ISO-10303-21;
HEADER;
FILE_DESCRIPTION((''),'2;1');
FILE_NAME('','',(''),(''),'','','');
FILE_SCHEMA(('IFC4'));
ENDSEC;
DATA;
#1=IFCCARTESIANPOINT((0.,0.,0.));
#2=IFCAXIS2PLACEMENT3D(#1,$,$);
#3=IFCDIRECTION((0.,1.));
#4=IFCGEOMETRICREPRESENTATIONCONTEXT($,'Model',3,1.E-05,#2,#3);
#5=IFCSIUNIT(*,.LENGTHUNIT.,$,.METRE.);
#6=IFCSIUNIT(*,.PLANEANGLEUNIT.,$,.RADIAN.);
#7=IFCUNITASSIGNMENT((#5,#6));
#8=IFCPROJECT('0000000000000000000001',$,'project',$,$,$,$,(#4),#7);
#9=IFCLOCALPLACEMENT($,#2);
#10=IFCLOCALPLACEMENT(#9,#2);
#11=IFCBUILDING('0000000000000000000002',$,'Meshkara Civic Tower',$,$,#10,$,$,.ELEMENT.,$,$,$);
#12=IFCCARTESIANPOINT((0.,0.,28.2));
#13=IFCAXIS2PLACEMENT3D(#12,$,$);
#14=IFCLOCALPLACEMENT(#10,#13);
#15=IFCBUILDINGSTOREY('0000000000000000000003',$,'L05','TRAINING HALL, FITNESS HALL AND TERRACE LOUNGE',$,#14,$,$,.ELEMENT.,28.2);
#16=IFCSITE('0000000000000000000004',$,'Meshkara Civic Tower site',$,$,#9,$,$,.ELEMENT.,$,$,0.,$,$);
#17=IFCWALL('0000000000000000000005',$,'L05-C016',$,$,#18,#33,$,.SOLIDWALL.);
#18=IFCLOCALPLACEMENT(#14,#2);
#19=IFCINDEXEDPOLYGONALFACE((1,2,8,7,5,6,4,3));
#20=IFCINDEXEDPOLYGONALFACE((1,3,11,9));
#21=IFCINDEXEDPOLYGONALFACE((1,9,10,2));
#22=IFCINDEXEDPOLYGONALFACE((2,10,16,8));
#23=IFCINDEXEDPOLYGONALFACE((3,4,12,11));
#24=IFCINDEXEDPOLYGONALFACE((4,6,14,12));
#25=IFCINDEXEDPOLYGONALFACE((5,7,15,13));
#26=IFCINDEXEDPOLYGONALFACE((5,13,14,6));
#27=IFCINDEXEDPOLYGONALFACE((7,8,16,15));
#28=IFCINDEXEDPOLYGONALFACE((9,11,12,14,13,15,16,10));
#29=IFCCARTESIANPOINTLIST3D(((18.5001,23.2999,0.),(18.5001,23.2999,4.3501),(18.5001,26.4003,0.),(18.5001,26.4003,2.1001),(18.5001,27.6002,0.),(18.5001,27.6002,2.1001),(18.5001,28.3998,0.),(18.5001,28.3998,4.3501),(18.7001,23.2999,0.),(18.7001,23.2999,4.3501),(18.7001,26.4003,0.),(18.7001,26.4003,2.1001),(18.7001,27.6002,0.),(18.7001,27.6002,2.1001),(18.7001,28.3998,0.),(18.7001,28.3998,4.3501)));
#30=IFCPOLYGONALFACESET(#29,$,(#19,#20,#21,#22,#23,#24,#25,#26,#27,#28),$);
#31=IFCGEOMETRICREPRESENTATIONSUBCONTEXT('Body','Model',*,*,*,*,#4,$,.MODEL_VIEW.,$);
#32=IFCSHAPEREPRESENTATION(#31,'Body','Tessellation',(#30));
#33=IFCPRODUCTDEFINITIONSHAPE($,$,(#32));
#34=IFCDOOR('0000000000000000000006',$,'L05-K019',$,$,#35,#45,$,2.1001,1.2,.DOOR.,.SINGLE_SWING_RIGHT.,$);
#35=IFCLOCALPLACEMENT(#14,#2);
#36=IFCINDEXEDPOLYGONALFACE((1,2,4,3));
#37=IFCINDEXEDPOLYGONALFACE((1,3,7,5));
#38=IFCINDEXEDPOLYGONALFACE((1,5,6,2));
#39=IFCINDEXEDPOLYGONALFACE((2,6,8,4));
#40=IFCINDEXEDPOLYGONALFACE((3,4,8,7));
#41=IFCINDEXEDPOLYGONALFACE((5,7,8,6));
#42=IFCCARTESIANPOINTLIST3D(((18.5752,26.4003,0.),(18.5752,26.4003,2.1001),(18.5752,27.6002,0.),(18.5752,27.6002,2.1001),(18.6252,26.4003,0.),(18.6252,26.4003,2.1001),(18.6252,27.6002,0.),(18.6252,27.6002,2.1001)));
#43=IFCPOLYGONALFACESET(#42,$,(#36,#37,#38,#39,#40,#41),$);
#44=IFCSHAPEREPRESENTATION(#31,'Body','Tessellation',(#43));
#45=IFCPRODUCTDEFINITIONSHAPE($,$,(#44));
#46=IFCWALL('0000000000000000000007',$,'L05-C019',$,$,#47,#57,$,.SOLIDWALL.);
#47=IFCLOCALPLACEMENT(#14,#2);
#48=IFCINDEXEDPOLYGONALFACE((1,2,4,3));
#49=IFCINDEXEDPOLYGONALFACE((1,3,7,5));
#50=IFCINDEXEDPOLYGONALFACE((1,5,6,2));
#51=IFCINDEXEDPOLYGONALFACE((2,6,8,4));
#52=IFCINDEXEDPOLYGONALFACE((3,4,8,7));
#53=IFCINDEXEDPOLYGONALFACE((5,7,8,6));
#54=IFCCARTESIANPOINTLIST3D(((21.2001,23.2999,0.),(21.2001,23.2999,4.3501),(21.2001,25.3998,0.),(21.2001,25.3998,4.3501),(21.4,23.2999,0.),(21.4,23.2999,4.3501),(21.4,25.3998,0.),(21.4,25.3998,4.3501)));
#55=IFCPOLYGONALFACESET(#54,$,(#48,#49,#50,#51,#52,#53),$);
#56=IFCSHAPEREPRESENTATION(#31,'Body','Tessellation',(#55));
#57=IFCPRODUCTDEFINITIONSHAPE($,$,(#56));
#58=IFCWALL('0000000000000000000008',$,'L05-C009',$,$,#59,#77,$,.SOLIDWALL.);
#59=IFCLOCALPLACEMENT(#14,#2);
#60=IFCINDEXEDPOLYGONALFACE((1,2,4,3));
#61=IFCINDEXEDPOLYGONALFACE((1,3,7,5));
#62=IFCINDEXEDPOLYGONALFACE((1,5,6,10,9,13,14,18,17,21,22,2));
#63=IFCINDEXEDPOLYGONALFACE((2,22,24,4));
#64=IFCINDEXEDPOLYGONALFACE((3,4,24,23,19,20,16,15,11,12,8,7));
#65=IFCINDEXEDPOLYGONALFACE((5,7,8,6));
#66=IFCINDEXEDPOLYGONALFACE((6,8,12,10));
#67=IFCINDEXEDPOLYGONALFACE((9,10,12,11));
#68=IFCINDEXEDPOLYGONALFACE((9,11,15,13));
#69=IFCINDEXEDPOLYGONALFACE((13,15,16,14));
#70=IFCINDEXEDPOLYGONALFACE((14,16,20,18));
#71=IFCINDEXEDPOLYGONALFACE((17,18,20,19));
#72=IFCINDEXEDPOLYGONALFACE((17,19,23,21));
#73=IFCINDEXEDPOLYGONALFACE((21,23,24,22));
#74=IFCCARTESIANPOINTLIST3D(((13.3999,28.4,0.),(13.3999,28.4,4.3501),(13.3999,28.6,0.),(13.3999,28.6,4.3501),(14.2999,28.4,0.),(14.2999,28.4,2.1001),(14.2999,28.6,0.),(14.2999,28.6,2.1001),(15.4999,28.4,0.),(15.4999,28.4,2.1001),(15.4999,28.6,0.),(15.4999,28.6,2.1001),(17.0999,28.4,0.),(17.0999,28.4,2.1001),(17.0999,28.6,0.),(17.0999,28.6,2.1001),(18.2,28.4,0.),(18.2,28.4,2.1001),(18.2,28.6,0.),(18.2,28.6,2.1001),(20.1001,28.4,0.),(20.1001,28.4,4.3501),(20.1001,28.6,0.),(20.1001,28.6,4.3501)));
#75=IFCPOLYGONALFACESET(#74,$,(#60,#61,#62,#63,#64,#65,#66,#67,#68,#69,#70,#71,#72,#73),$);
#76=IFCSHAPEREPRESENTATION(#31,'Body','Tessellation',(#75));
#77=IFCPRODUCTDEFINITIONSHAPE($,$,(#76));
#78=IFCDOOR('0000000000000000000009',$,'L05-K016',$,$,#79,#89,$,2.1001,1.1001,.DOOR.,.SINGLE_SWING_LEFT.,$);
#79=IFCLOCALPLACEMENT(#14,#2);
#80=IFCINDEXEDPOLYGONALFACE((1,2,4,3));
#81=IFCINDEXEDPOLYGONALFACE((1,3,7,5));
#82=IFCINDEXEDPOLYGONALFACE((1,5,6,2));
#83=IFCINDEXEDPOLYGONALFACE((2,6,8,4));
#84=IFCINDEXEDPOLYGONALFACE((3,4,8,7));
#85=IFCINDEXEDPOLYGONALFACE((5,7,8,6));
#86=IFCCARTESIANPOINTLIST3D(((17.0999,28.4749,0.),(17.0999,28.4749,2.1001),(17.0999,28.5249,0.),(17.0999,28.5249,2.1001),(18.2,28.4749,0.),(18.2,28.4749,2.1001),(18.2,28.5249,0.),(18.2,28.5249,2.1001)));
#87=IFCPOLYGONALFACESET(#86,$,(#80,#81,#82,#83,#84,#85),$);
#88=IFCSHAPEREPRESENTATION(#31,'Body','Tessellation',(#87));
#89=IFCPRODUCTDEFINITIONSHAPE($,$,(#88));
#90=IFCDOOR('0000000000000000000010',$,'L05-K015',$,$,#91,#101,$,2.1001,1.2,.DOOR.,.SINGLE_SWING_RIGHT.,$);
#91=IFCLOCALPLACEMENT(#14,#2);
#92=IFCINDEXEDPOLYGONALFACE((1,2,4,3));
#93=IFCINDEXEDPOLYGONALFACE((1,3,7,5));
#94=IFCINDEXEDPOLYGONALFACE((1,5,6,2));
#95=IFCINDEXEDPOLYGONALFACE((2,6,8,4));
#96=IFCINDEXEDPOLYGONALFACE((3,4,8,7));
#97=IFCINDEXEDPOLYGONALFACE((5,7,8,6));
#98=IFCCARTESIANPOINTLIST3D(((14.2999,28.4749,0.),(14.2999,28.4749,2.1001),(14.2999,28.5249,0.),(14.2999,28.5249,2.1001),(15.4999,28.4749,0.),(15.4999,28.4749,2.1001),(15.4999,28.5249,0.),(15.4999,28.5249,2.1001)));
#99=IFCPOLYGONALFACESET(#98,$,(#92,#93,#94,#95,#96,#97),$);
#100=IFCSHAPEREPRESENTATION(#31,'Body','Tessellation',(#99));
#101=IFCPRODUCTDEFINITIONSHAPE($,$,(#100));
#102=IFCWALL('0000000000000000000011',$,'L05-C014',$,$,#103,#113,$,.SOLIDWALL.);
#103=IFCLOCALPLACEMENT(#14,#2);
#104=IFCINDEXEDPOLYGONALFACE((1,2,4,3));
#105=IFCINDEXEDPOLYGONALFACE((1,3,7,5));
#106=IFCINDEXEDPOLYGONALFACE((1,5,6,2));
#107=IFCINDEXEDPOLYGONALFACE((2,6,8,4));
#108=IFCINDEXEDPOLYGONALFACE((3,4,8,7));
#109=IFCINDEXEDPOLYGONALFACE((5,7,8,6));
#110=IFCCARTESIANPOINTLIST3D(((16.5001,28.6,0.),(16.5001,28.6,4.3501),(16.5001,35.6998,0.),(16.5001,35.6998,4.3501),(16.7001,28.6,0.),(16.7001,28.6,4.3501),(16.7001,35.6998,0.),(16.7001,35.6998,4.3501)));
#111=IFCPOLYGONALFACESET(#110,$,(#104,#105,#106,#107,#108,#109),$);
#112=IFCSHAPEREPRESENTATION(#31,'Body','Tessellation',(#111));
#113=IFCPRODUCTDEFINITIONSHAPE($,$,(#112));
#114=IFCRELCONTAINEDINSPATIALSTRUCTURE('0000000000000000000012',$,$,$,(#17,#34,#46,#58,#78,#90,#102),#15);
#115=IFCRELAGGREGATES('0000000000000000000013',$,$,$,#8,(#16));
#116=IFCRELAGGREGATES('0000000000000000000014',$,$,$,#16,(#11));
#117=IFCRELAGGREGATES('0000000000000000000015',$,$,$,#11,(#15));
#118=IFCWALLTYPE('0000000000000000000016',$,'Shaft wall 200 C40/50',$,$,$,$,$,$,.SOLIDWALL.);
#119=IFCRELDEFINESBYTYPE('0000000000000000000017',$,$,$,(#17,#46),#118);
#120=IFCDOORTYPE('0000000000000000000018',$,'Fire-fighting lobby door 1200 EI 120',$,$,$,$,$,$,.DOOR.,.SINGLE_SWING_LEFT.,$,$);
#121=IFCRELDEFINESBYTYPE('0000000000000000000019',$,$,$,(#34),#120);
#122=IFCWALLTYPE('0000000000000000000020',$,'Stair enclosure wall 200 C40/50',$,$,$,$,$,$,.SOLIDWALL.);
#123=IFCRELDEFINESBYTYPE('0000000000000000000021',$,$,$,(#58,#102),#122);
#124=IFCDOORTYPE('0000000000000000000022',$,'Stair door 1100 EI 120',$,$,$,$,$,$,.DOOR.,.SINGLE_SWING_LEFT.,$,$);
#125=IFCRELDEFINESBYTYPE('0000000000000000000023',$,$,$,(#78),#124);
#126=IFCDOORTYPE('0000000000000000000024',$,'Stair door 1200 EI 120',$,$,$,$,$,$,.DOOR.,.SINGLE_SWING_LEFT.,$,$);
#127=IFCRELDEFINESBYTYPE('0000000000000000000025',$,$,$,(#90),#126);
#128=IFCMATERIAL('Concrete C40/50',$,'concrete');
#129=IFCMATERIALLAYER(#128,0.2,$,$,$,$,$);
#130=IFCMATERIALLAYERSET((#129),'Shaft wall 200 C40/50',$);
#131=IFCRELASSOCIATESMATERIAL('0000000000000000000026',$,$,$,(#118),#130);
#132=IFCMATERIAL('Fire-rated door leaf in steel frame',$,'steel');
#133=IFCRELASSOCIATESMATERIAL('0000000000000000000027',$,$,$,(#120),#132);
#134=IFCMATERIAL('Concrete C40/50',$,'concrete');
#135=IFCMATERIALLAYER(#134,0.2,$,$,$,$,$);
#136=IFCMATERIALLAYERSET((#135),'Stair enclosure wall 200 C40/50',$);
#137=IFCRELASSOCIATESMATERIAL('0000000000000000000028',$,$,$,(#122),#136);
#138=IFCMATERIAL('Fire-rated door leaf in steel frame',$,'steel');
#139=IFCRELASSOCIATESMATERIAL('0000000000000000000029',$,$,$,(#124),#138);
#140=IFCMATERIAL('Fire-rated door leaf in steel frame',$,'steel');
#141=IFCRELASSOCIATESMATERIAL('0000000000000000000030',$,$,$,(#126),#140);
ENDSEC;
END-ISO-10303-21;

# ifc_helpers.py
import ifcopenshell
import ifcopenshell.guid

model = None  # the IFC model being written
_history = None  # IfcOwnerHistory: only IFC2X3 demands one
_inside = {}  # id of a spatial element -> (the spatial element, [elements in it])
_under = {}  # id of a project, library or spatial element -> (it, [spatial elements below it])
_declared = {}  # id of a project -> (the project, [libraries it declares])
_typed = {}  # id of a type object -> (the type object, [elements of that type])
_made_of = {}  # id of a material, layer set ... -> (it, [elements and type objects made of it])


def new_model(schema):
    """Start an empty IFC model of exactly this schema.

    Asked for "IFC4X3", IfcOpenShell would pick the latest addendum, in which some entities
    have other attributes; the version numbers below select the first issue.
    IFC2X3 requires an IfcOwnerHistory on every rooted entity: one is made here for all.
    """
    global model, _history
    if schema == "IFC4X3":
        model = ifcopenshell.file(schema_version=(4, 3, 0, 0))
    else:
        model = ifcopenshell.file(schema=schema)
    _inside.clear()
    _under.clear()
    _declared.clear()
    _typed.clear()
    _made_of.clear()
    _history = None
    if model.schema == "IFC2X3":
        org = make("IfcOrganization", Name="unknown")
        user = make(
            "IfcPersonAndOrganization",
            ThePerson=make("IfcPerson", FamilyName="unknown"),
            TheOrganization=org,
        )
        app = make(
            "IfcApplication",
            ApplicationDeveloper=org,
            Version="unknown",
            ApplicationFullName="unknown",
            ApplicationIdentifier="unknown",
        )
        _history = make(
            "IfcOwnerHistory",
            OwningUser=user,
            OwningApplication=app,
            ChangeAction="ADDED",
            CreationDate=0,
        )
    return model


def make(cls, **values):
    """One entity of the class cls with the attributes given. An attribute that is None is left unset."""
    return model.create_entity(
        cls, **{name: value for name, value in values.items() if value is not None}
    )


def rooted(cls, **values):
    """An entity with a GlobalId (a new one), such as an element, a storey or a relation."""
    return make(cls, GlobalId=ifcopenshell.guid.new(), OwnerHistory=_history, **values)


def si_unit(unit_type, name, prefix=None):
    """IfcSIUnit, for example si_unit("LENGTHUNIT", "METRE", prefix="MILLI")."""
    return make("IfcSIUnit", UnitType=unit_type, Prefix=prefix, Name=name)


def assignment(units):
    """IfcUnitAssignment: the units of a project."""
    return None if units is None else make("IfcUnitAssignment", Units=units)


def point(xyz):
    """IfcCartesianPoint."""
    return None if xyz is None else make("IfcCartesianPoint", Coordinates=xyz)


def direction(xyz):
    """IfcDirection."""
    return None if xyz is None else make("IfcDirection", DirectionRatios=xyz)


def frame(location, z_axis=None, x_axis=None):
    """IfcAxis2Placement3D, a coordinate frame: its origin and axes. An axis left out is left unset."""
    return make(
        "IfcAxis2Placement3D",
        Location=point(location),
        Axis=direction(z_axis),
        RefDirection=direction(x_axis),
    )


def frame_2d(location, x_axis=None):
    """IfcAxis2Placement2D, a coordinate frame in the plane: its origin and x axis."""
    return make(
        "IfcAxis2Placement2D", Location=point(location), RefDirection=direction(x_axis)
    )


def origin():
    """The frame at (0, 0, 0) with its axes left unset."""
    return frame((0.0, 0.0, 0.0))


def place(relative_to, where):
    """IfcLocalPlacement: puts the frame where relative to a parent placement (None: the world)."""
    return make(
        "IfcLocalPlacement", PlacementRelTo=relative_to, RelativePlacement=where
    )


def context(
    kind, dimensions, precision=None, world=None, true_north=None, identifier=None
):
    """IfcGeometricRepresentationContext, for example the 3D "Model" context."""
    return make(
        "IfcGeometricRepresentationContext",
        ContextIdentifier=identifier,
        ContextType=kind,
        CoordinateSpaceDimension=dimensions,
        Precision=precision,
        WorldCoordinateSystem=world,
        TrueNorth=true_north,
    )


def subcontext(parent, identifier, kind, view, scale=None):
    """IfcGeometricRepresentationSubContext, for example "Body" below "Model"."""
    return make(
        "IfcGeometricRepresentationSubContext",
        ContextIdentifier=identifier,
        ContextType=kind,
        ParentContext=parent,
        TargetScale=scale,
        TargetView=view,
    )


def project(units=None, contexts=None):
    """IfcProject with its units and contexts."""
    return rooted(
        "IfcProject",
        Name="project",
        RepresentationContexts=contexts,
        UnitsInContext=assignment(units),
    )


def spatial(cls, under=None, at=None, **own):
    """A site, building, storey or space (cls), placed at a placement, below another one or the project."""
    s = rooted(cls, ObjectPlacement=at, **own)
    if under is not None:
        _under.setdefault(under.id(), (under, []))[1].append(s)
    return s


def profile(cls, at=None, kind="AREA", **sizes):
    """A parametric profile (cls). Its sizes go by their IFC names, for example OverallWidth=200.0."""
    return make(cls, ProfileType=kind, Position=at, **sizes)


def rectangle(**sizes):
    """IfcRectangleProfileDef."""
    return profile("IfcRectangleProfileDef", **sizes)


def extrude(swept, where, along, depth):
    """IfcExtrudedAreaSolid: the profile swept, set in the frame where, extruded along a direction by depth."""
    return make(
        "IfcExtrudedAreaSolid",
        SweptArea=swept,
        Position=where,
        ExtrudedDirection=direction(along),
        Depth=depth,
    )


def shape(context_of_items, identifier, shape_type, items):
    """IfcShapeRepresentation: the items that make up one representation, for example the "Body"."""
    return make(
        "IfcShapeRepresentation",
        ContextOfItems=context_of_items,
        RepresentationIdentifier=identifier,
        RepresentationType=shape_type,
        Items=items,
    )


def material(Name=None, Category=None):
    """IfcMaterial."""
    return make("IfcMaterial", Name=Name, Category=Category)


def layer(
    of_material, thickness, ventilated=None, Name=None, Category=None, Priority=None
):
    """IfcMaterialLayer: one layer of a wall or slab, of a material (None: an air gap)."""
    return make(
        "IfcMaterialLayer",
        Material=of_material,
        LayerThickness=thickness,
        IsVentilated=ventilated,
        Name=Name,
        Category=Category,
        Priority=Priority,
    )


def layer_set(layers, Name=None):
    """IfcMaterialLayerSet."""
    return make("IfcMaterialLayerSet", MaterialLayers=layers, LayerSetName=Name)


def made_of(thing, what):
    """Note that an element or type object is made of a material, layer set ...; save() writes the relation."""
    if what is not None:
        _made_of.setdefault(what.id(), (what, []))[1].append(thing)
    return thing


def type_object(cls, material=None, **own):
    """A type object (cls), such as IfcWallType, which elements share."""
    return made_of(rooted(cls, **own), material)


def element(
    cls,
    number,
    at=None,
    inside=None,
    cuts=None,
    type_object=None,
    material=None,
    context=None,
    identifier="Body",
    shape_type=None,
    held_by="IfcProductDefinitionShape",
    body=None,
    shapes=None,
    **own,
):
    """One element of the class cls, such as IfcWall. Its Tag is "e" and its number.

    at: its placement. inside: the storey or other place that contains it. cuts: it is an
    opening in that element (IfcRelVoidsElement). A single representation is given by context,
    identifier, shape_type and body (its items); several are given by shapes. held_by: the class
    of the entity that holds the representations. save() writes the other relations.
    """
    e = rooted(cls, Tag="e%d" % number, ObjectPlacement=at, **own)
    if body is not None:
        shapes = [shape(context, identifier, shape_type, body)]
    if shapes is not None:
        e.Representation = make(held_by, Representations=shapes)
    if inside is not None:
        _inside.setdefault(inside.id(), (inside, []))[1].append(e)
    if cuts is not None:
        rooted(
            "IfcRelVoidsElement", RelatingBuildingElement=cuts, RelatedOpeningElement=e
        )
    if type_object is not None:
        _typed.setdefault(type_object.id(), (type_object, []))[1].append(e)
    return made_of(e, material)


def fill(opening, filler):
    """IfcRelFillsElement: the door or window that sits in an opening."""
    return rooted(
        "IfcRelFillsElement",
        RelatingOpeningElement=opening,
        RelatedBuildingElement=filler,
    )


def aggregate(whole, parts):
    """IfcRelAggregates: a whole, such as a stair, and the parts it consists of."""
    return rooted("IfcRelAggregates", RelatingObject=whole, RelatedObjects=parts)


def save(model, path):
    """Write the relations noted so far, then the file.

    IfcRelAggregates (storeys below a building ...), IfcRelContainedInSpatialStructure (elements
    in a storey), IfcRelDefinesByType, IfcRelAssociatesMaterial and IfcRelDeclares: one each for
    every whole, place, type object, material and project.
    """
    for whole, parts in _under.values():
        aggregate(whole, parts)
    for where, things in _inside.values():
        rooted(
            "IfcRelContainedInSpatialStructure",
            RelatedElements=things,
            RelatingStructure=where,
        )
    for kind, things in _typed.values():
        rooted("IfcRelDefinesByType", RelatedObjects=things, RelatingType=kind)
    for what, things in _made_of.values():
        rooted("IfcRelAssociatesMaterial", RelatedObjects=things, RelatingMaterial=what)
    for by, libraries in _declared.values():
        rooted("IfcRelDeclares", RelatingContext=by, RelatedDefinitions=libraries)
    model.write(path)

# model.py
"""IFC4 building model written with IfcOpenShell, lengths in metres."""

from ifc_helpers import new_model, si_unit, direction, frame, frame_2d, origin, place, context, subcontext, project, spatial, rectangle, extrude, material, layer, layer_set, type_object, element, fill, save


model = new_model("IFC4")

# Units and contexts
model_context = context("Model", 3, precision=1e-05, world=origin(), true_north=direction((0.0, 1.0)))
body_context = subcontext(model_context, "Body", "Model", "MODEL_VIEW")
ifc_project = project(units=[si_unit("LENGTHUNIT", "METRE"), si_unit("PLANEANGLEUNIT", "RADIAN")], contexts=[model_context])

# Site, building, storey
site_placement = place(None, origin())
site = spatial("IfcSite", under=ifc_project, at=site_placement, Name="Meshkara Civic Tower site", CompositionType="ELEMENT", RefElevation=0.0)
building_placement = place(site_placement, origin())
building = spatial("IfcBuilding", under=site, at=building_placement, Name="Meshkara Civic Tower", CompositionType="ELEMENT")
storey_placement = place(building_placement, frame((0.0, 0.0, 28.2)))
storey = spatial("IfcBuildingStorey", under=building, at=storey_placement, Name="L05", Description="TRAINING HALL, FITNESS HALL AND TERRACE LOUNGE", CompositionType="ELEMENT", Elevation=28.2)

# Shared definitions
ifc_material_1 = material(Name="Concrete C40/50", Category="concrete")
ifc_layer_1 = layer(ifc_material_1, 0.2)
ifc_layer_set_1 = layer_set([ifc_layer_1], Name="Shaft wall 200 C40/50")
wall_type_1 = type_object("IfcWallType", Name="Shaft wall 200 C40/50", PredefinedType="SOLIDWALL", material=ifc_layer_set_1)

# Wall, opening, door
wall_1_placement = place(storey_placement, frame((18.6001, 23.3, 0.0), z_axis=(0.0, 0.0, 1.0), x_axis=(0.0, 1.0, 0.0)))
wall_1 = element("IfcWall", 1, at=wall_1_placement, inside=storey, type_object=wall_type_1, Name="L05-C016", PredefinedType="SOLIDWALL", context=body_context, shape_type="SweptSolid", body=[
    extrude(rectangle(XDim=5.0999, YDim=0.2, at=frame_2d((2.5498, 0.0))), origin(), (0.0, 0.0, 1.0), 4.3501),
])
opening_1_placement = place(wall_1_placement, frame((3.1001, 0.0, 0.0)))
opening_1 = element("IfcOpeningElement", 2, at=opening_1_placement, cuts=wall_1, PredefinedType="OPENING", context=body_context, shape_type="SweptSolid", body=[
    extrude(rectangle(XDim=1.2, YDim=2.1001, at=frame_2d((0.6001, 1.05))), frame((0.0, 0.1099, 0.0), z_axis=(0.0, -1.0, 0.0), x_axis=(1.0, 0.0, 0.0)), (0.0, 0.0, 1.0), 0.22),
])
ifc_material_2 = material(Name="Fire-rated door leaf in steel frame", Category="steel")
door_type_1 = type_object("IfcDoorType", Name="Fire-fighting lobby door 1200 EI 120", OperationType="SINGLE_SWING_LEFT", PredefinedType="DOOR", material=ifc_material_2)
door_1_placement = place(opening_1_placement, origin())
door_1 = element("IfcDoor", 3, at=door_1_placement, inside=storey, type_object=door_type_1, Name="L05-K019", OperationType="SINGLE_SWING_RIGHT", OverallHeight=2.1001, OverallWidth=1.2, PredefinedType="DOOR", context=body_context, shape_type="SweptSolid", body=[
    extrude(rectangle(XDim=1.2, YDim=2.1001, at=frame_2d((0.6001, 1.05))), frame((0.0, 0.0249, 0.0), z_axis=(0.0, -1.0, 0.0), x_axis=(1.0, 0.0, 0.0)), (0.0, 0.0, 1.0), 0.05),
])
fill(opening_1, door_1)

# Wall
wall_2_placement = place(storey_placement, frame((21.3, 23.3, 0.0), z_axis=(0.0, 0.0, 1.0), x_axis=(0.0, 1.0, 0.0)))
element("IfcWall", 4, at=wall_2_placement, inside=storey, type_object=wall_type_1, Name="L05-C019", PredefinedType="SOLIDWALL", context=body_context, shape_type="SweptSolid", body=[
    extrude(rectangle(XDim=2.0999, YDim=0.2, at=frame_2d((1.0498, 0.0))), origin(), (0.0, 0.0, 1.0), 4.3501),
])

# Wall, openings, doors
ifc_material_3 = material(Name="Concrete C40/50", Category="concrete")
ifc_layer_2 = layer(ifc_material_3, 0.2)
ifc_layer_set_2 = layer_set([ifc_layer_2], Name="Stair enclosure wall 200 C40/50")
wall_type_2 = type_object("IfcWallType", Name="Stair enclosure wall 200 C40/50", PredefinedType="SOLIDWALL", material=ifc_layer_set_2)
wall_3_placement = place(storey_placement, frame((13.3999, 28.5, 0.0), z_axis=(0.0, 0.0, 1.0), x_axis=(1.0, 0.0, 0.0)))
wall_3 = element("IfcWall", 5, at=wall_3_placement, inside=storey, type_object=wall_type_2, Name="L05-C009", PredefinedType="SOLIDWALL", context=body_context, shape_type="SweptSolid", body=[
    extrude(rectangle(XDim=6.7002, YDim=0.2, at=frame_2d((3.3501, 0.0))), origin(), (0.0, 0.0, 1.0), 4.3501),
])
opening_2_placement = place(wall_3_placement, frame((0.8999, 0.0, 0.0)))
opening_2 = element("IfcOpeningElement", 6, at=opening_2_placement, cuts=wall_3, PredefinedType="OPENING", context=body_context, shape_type="SweptSolid", body=[
    extrude(rectangle(XDim=1.2, YDim=2.1001, at=frame_2d((0.6001, 1.05))), frame((0.0, 0.1099, 0.0), z_axis=(0.0, -1.0, 0.0), x_axis=(1.0, 0.0, 0.0)), (0.0, 0.0, 1.0), 0.22),
])
opening_3_placement = place(wall_3_placement, frame((3.7, 0.0, 0.0)))
opening_3 = element("IfcOpeningElement", 7, at=opening_3_placement, cuts=wall_3, PredefinedType="OPENING", context=body_context, shape_type="SweptSolid", body=[
    extrude(rectangle(XDim=1.1001, YDim=2.1001, at=frame_2d((0.55, 1.05))), frame((0.0, 0.1099, 0.0), z_axis=(0.0, -1.0, 0.0), x_axis=(1.0, 0.0, 0.0)), (0.0, 0.0, 1.0), 0.22),
])
ifc_material_4 = material(Name="Fire-rated door leaf in steel frame", Category="steel")
door_type_2 = type_object("IfcDoorType", Name="Stair door 1100 EI 120", OperationType="SINGLE_SWING_LEFT", PredefinedType="DOOR", material=ifc_material_4)
door_2_placement = place(opening_3_placement, origin())
door_2 = element("IfcDoor", 8, at=door_2_placement, inside=storey, type_object=door_type_2, Name="L05-K016", OperationType="SINGLE_SWING_LEFT", OverallHeight=2.1001, OverallWidth=1.1001, PredefinedType="DOOR", context=body_context, shape_type="SweptSolid", body=[
    extrude(rectangle(XDim=1.1001, YDim=2.1001, at=frame_2d((0.55, 1.05))), frame((0.0, 0.0249, 0.0), z_axis=(0.0, -1.0, 0.0), x_axis=(1.0, 0.0, 0.0)), (0.0, 0.0, 1.0), 0.05),
])
fill(opening_3, door_2)
ifc_material_5 = material(Name="Fire-rated door leaf in steel frame", Category="steel")
door_type_3 = type_object("IfcDoorType", Name="Stair door 1200 EI 120", OperationType="SINGLE_SWING_LEFT", PredefinedType="DOOR", material=ifc_material_5)
door_3_placement = place(opening_2_placement, origin())
door_3 = element("IfcDoor", 9, at=door_3_placement, inside=storey, type_object=door_type_3, Name="L05-K015", OperationType="SINGLE_SWING_RIGHT", OverallHeight=2.1001, OverallWidth=1.2, PredefinedType="DOOR", context=body_context, shape_type="SweptSolid", body=[
    extrude(rectangle(XDim=1.2, YDim=2.1001, at=frame_2d((0.6001, 1.05))), frame((0.0, 0.0249, 0.0), z_axis=(0.0, -1.0, 0.0), x_axis=(1.0, 0.0, 0.0)), (0.0, 0.0, 1.0), 0.05),
])
fill(opening_2, door_3)

# Wall
wall_4_placement = place(storey_placement, frame((16.6001, 28.6001, 0.0), z_axis=(0.0, 0.0, 1.0), x_axis=(0.0, 1.0, 0.0)))
element("IfcWall", 10, at=wall_4_placement, inside=storey, type_object=wall_type_2, Name="L05-C014", PredefinedType="SOLIDWALL", context=body_context, shape_type="SweptSolid", body=[
    extrude(rectangle(XDim=7.0999, YDim=0.2, at=frame_2d((3.5498, 0.0))), origin(), (0.0, 0.0, 1.0), 4.3501),
])

save(model, "model.ifc")
